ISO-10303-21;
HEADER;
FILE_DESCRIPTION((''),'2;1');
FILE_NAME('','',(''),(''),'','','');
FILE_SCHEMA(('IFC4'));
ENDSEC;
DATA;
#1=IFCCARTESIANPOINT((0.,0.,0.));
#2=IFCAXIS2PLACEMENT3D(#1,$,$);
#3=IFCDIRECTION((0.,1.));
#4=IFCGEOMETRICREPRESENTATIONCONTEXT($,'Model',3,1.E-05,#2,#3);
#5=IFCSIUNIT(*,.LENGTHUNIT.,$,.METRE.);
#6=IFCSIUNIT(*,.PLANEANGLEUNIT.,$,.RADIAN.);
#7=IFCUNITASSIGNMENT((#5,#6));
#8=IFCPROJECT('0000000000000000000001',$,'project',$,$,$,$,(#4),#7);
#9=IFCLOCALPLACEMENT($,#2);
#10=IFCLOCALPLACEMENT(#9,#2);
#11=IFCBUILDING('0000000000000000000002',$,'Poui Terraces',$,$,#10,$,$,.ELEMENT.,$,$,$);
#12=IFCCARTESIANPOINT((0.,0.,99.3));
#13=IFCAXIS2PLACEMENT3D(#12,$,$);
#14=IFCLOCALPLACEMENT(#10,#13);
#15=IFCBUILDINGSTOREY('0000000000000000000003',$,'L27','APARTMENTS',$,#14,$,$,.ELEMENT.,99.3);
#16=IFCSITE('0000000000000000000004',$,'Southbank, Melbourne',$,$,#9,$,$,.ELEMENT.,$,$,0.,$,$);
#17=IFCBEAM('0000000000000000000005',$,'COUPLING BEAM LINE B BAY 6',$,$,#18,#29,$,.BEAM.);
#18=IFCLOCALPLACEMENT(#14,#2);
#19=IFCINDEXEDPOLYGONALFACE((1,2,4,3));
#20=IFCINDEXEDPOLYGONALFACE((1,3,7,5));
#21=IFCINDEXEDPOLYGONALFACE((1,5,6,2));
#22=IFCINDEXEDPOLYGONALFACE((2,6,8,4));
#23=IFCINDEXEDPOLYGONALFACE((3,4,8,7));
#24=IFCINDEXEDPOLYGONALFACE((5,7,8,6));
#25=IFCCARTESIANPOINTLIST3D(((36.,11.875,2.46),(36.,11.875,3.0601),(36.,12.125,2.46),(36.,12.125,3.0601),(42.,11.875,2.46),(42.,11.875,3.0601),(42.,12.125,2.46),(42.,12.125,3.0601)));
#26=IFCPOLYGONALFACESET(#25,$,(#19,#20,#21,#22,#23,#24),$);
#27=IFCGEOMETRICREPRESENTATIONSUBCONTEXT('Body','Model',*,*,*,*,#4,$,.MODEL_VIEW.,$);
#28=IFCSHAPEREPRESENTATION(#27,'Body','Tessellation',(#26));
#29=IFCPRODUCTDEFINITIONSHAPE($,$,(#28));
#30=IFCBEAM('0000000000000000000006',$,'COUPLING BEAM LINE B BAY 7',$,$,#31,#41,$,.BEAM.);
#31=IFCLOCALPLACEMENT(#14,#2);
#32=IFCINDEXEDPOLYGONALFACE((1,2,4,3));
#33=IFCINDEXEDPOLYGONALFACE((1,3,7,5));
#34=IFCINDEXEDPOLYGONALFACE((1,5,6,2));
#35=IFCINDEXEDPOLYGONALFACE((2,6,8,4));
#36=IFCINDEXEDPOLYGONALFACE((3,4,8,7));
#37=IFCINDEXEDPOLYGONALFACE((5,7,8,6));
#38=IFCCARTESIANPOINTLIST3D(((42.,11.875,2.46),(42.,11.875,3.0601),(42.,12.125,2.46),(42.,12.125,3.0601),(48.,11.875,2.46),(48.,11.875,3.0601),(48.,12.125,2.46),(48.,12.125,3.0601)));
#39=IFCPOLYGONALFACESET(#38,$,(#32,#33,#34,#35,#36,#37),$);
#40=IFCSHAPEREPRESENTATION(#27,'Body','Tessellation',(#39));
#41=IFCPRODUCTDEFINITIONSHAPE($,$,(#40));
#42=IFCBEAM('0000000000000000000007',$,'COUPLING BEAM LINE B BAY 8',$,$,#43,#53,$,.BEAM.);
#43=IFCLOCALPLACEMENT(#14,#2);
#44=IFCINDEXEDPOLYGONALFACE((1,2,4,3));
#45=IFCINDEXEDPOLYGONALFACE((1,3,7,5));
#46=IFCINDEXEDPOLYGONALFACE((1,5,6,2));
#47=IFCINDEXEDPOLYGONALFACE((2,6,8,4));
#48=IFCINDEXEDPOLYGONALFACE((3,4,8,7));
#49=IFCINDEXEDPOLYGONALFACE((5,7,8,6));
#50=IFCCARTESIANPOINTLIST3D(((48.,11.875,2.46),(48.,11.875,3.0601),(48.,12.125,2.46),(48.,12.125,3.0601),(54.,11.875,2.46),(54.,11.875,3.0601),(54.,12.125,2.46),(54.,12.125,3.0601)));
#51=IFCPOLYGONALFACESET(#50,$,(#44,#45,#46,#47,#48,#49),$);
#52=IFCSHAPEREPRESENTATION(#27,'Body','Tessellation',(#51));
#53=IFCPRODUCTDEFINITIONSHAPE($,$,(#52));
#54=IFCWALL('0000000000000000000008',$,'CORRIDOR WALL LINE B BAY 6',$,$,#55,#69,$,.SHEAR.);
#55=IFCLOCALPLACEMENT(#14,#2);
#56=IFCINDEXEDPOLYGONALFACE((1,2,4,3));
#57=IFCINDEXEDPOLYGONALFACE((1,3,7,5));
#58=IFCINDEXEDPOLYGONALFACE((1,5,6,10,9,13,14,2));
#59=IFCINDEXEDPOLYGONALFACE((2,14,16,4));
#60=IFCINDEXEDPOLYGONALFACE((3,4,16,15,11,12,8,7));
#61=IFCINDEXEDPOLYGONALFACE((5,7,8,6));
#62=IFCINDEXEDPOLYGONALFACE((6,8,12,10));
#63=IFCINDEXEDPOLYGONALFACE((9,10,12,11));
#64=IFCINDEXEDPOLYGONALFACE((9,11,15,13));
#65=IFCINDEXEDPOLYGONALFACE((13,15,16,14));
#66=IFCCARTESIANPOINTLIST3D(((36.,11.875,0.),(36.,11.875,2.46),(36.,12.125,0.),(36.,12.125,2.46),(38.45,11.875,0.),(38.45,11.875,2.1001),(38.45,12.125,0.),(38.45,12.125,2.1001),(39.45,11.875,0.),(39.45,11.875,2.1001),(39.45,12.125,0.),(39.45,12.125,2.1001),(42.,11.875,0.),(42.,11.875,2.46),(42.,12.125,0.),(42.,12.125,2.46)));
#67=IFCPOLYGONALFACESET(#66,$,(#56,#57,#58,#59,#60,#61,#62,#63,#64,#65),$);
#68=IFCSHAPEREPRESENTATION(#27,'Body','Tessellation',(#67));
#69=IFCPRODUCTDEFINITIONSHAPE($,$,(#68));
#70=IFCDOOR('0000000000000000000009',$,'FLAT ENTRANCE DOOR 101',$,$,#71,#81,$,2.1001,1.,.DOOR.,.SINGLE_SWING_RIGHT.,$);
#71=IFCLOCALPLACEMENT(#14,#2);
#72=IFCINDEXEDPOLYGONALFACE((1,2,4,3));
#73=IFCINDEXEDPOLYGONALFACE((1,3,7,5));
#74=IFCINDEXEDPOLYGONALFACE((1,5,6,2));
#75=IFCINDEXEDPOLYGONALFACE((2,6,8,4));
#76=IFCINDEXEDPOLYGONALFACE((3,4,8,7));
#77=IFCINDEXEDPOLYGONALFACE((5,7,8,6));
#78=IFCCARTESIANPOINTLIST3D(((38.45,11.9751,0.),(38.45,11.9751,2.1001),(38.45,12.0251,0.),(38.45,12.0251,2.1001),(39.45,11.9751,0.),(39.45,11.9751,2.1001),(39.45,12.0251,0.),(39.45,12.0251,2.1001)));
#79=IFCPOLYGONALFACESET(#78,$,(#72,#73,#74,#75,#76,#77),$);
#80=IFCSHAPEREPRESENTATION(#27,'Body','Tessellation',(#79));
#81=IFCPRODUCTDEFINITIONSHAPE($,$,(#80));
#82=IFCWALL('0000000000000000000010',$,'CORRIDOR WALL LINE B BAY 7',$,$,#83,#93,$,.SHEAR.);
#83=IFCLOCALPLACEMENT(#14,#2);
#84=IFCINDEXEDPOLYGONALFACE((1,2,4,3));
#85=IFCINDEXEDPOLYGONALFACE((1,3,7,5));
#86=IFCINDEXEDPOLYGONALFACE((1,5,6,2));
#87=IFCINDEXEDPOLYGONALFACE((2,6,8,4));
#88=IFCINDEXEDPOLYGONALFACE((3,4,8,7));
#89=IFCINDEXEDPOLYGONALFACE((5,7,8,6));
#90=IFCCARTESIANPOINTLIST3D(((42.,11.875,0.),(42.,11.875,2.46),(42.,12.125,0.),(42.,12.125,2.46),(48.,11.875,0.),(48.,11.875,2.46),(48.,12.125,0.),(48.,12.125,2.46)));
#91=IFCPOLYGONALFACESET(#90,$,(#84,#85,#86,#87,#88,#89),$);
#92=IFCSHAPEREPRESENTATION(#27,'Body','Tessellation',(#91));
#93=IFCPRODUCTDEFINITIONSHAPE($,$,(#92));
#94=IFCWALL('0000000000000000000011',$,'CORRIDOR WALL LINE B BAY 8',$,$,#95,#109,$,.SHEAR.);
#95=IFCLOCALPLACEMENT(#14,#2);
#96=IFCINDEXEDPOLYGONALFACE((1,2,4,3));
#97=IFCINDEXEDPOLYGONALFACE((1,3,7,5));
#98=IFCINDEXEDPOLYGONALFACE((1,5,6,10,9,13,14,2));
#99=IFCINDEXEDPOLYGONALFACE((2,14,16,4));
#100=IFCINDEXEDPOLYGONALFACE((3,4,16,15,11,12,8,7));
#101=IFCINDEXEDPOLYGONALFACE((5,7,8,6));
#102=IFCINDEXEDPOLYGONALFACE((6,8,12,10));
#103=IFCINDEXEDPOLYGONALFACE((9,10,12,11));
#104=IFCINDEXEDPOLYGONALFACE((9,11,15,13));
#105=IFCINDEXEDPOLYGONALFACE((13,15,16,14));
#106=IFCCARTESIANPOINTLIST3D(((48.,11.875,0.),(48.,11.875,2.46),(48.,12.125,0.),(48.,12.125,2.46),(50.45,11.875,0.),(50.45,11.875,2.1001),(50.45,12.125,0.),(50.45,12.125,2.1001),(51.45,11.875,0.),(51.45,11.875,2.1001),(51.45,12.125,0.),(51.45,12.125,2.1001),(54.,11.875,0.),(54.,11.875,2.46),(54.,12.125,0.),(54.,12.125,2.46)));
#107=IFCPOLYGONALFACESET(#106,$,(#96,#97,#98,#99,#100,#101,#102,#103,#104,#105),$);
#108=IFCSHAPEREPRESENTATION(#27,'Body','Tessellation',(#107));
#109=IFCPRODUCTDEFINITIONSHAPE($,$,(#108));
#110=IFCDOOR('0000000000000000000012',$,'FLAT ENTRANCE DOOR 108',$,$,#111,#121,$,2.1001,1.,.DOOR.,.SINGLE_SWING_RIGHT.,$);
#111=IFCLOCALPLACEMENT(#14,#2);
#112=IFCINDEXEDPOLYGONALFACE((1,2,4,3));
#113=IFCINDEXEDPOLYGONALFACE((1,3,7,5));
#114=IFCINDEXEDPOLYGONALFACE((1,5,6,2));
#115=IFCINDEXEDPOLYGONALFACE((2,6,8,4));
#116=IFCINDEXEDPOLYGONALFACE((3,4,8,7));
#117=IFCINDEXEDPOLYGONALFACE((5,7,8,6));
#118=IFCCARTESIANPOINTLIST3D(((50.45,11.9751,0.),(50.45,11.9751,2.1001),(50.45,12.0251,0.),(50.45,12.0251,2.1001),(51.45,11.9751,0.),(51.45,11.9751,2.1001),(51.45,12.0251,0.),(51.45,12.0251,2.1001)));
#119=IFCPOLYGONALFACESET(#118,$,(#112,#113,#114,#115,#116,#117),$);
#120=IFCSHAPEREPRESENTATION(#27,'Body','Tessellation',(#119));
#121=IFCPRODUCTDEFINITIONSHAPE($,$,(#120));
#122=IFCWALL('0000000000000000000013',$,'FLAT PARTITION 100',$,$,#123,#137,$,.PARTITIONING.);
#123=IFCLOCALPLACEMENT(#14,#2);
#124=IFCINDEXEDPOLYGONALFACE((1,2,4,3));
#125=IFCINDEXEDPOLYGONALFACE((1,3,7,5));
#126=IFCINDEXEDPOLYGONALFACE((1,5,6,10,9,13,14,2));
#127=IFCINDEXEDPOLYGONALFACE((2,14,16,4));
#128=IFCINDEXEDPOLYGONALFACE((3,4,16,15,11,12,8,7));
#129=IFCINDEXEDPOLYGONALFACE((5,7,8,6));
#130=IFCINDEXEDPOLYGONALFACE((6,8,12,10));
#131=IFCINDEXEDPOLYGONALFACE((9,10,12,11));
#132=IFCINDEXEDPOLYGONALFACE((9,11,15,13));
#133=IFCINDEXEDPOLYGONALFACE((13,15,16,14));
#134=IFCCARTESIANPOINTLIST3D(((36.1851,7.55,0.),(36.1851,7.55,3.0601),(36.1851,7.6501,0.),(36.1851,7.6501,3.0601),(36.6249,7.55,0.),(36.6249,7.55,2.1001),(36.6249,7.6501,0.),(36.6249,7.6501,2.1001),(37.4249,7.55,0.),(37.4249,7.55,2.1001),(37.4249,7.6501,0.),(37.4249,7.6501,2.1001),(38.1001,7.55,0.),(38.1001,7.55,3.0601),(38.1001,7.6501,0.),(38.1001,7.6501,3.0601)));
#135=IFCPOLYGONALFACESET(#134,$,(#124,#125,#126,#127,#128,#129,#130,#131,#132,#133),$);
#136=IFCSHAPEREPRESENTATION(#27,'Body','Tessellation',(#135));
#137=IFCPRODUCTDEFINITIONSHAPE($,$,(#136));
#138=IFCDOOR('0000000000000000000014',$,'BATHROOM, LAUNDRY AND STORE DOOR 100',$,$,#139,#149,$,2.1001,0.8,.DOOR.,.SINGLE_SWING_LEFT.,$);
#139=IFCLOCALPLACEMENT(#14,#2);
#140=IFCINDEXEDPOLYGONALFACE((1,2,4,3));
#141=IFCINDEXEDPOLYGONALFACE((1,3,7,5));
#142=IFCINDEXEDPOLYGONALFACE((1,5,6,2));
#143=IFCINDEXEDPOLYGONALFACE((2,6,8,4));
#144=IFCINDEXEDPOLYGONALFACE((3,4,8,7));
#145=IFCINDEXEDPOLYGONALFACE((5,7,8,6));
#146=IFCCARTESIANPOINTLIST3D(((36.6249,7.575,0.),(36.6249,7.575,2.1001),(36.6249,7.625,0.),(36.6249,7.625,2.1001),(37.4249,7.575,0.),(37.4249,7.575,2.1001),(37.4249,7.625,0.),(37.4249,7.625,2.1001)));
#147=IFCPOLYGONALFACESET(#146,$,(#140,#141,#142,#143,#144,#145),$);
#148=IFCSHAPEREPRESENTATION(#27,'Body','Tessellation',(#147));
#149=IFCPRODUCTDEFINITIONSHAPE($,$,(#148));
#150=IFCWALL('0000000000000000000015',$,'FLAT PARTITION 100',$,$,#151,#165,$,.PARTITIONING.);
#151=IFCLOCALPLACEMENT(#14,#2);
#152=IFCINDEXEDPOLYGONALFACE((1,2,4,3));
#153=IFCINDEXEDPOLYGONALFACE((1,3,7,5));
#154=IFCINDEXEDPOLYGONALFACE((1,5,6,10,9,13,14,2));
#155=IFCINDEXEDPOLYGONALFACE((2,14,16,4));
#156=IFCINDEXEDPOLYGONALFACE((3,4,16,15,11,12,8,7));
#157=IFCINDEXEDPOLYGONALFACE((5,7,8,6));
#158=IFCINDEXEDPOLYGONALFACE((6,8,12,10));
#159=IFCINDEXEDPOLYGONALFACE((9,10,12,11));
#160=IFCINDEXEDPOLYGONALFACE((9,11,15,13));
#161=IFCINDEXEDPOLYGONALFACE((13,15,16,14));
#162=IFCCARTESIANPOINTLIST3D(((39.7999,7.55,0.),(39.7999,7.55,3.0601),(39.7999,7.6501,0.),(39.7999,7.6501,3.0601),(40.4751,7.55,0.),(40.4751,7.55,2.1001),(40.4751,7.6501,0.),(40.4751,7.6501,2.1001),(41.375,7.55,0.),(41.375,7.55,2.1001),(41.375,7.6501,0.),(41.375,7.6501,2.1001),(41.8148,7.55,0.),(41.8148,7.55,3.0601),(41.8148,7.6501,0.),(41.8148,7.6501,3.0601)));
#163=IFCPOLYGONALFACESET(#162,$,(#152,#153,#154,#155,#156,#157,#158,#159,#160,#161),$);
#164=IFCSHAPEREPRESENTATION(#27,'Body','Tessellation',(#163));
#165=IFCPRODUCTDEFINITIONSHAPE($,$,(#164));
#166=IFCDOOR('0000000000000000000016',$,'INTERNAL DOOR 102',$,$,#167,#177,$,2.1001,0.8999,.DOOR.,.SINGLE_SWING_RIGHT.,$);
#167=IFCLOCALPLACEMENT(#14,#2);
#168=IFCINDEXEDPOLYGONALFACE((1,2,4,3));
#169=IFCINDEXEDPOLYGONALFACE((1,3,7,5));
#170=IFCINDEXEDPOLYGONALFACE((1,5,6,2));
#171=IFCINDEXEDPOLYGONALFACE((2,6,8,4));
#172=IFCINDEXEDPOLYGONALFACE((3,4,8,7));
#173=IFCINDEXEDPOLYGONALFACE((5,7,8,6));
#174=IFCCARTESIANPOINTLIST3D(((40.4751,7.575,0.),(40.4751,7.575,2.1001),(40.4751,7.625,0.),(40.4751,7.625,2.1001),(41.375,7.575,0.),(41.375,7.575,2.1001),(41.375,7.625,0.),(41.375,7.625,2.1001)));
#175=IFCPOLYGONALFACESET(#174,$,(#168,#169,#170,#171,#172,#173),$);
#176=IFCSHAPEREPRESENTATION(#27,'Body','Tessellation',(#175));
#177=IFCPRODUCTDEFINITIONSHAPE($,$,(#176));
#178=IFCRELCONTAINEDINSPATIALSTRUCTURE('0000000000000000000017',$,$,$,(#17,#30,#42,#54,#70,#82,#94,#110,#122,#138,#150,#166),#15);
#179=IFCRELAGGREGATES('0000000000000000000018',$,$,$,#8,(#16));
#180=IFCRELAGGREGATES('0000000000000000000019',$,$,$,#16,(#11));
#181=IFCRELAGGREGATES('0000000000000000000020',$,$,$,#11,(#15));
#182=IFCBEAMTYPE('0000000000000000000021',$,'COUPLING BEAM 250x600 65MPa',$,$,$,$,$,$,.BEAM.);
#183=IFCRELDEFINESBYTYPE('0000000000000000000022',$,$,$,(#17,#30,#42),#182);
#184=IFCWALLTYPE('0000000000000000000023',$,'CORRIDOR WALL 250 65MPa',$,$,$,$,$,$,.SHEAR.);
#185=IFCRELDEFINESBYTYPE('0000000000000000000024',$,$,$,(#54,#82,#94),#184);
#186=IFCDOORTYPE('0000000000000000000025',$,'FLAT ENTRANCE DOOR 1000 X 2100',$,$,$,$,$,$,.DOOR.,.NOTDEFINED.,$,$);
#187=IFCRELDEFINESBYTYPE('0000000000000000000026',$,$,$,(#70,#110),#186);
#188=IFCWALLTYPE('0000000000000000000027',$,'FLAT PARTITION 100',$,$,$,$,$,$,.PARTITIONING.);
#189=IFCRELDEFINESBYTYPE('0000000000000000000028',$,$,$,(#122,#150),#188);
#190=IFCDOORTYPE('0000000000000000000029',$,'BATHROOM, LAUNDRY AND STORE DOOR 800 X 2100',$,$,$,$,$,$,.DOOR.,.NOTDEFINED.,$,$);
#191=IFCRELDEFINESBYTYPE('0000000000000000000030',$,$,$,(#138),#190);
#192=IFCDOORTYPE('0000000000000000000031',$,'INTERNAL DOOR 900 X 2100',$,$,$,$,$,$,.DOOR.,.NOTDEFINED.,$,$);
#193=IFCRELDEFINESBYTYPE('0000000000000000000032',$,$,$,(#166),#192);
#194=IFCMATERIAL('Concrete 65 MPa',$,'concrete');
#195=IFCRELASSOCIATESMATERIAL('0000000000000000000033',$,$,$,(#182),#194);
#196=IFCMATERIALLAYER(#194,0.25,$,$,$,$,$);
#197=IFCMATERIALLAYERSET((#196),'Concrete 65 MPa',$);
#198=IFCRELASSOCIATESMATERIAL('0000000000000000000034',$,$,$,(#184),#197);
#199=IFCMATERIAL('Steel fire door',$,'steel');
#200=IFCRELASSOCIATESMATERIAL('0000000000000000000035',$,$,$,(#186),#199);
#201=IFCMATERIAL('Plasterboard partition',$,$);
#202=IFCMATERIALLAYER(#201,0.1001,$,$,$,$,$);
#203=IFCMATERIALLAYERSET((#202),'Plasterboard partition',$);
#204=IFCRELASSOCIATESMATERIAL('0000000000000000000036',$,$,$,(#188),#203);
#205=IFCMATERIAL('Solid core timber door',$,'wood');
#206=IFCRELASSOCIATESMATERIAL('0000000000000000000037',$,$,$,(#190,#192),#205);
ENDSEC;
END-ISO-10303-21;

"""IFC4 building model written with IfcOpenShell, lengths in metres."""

from ifc_helpers import new_model, si_unit, direction, frame, frame_2d, origin, origin_2d, place, context, subcontext, project, spatial, rectangle, extrude, source, transform, mapped, material, layer, layer_set, material_profile, profile_set, type_object, element, fill, save


model = new_model("IFC4")

# Units and contexts
model_context = context("Model", 3, precision=1e-05, world=origin(), true_north=direction((0.0, 1.0)))
body_context = subcontext(model_context, "Body", "Model", "MODEL_VIEW")
ifc_project = project(units=[si_unit("LENGTHUNIT", "METRE"), si_unit("PLANEANGLEUNIT", "RADIAN")], contexts=[model_context])

# Site, building, storey
site_placement = place(None, origin())
site = spatial("IfcSite", under=ifc_project, at=site_placement, Name="Southbank, Melbourne", CompositionType="ELEMENT", RefElevation=0.0)
building_placement = place(site_placement, origin())
building = spatial("IfcBuilding", under=site, at=building_placement, Name="Poui Terraces", CompositionType="ELEMENT")
storey_placement = place(building_placement, frame((0.0, 0.0, 99.3)))
storey = spatial("IfcBuildingStorey", under=building, at=storey_placement, Name="L27", Description="APARTMENTS", CompositionType="ELEMENT", Elevation=99.3)

# Beams
ifc_material_1 = material(Name="Concrete 65 MPa", Category="concrete")
ifc_material_profile = material_profile(ifc_material_1, rectangle(XDim=0.25, YDim=0.6001, at=origin_2d()), Name="RC 250x600")
ifc_profile_set = profile_set([ifc_material_profile], Name="Concrete 65 MPa")
beam_type = type_object("IfcBeamType", Name="COUPLING BEAM 250x600 65MPa", PredefinedType="BEAM", material=ifc_profile_set)
shared_shape = source(origin(), body_context, "Body", "SweptSolid", [
    extrude(rectangle(XDim=0.25, YDim=0.6001, at=origin_2d()), origin(), (0.0, 0.0, 1.0), 6.0),
])
for number, where, z_axis, x_axis, name in (
    (1, (36.0, 12.0, 2.76), (1.0, 0.0, 0.0), (0.0, 1.0, 0.0), "COUPLING BEAM LINE B BAY 6"),
    (2, (42.0, 12.0, 2.76), (1.0, 0.0, 0.0), (0.0, 1.0, 0.0), "COUPLING BEAM LINE B BAY 7"),
    (3, (48.0, 12.0, 2.76), (1.0, 0.0, 0.0), (0.0, 1.0, 0.0), "COUPLING BEAM LINE B BAY 8"),
):
    element("IfcBeam", number, at=place(storey_placement, frame(where, z_axis=z_axis, x_axis=x_axis)), inside=storey, type_object=beam_type, Name=name, PredefinedType="BEAM", context=body_context, shape_type="MappedRepresentation", body=[
        mapped(shared_shape, transform((0.0, 0.0, 0.0))),
    ])

# Wall, opening, door
ifc_layer_1 = layer(ifc_material_1, 0.25)
ifc_layer_set_1 = layer_set([ifc_layer_1], Name="Concrete 65 MPa")
wall_type_1 = type_object("IfcWallType", Name="CORRIDOR WALL 250 65MPa", PredefinedType="SHEAR", material=ifc_layer_set_1)
wall_1_placement = place(storey_placement, frame((36.0, 12.0, 0.0), z_axis=(0.0, 0.0, 1.0), x_axis=(1.0, 0.0, 0.0)))
wall_1 = element("IfcWall", 4, at=wall_1_placement, inside=storey, type_object=wall_type_1, Name="CORRIDOR WALL LINE B BAY 6", PredefinedType="SHEAR", context=body_context, shape_type="SweptSolid", body=[
    extrude(rectangle(XDim=6.0, YDim=0.25, at=frame_2d((3.0, 0.0))), origin(), (0.0, 0.0, 1.0), 2.46),
])
opening_1_placement = place(wall_1_placement, frame((2.45, 0.0, 0.0)))
opening_1 = element("IfcOpeningElement", 5, at=opening_1_placement, cuts=wall_1, PredefinedType="OPENING", context=body_context, shape_type="SweptSolid", body=[
    extrude(rectangle(XDim=1.0, YDim=2.1001, at=frame_2d((0.5, 1.05))), frame((0.0, 0.135, 0.0), z_axis=(0.0, -1.0, 0.0), x_axis=(1.0, 0.0, 0.0)), (0.0, 0.0, 1.0), 0.27),
])
ifc_material_2 = material(Name="Steel fire door", Category="steel")
door_type_1 = type_object("IfcDoorType", Name="FLAT ENTRANCE DOOR 1000 X 2100", OperationType="NOTDEFINED", PredefinedType="DOOR", material=ifc_material_2)
door_1_placement = place(opening_1_placement, frame((1.0, 0.0, 0.0), z_axis=(0.0, 0.0, 1.0), x_axis=(-1.0, 0.0, 0.0)))
door_1 = element("IfcDoor", 6, at=door_1_placement, inside=storey, type_object=door_type_1, Name="FLAT ENTRANCE DOOR 101", OperationType="SINGLE_SWING_RIGHT", OverallHeight=2.1001, OverallWidth=1.0, PredefinedType="DOOR", context=body_context, shape_type="SweptSolid", body=[
    extrude(rectangle(XDim=1.0, YDim=2.1001, at=frame_2d((0.5, 1.05))), frame((0.0, 0.0249, 0.0), z_axis=(0.0, -1.0, 0.0), x_axis=(1.0, 0.0, 0.0)), (0.0, 0.0, 1.0), 0.05),
])
fill(opening_1, door_1)

# Wall
wall_2_placement = place(storey_placement, frame((42.0, 12.0, 0.0), z_axis=(0.0, 0.0, 1.0), x_axis=(1.0, 0.0, 0.0)))
element("IfcWall", 7, at=wall_2_placement, inside=storey, type_object=wall_type_1, Name="CORRIDOR WALL LINE B BAY 7", PredefinedType="SHEAR", context=body_context, shape_type="SweptSolid", body=[
    extrude(rectangle(XDim=6.0, YDim=0.25, at=frame_2d((3.0, 0.0))), origin(), (0.0, 0.0, 1.0), 2.46),
])

# Walls, openings, doors
wall_3_placement = place(storey_placement, frame((48.0, 12.0, 0.0), z_axis=(0.0, 0.0, 1.0), x_axis=(1.0, 0.0, 0.0)))
wall_3 = element("IfcWall", 8, at=wall_3_placement, inside=storey, type_object=wall_type_1, Name="CORRIDOR WALL LINE B BAY 8", PredefinedType="SHEAR", context=body_context, shape_type="SweptSolid", body=[
    extrude(rectangle(XDim=6.0, YDim=0.25, at=frame_2d((3.0, 0.0))), origin(), (0.0, 0.0, 1.0), 2.46),
])
opening_2_placement = place(wall_3_placement, frame((2.45, 0.0, 0.0)))
opening_2 = element("IfcOpeningElement", 9, at=opening_2_placement, cuts=wall_3, PredefinedType="OPENING", context=body_context, shape_type="SweptSolid", body=[
    extrude(rectangle(XDim=1.0, YDim=2.1001, at=frame_2d((0.5, 1.05))), frame((0.0, 0.135, 0.0), z_axis=(0.0, -1.0, 0.0), x_axis=(1.0, 0.0, 0.0)), (0.0, 0.0, 1.0), 0.27),
])
door_2_placement = place(opening_2_placement, frame((1.0, 0.0, 0.0), z_axis=(0.0, 0.0, 1.0), x_axis=(-1.0, 0.0, 0.0)))
door_2 = element("IfcDoor", 10, at=door_2_placement, inside=storey, type_object=door_type_1, Name="FLAT ENTRANCE DOOR 108", OperationType="SINGLE_SWING_RIGHT", OverallHeight=2.1001, OverallWidth=1.0, PredefinedType="DOOR", context=body_context, shape_type="SweptSolid", body=[
    extrude(rectangle(XDim=1.0, YDim=2.1001, at=frame_2d((0.5, 1.05))), frame((0.0, 0.0249, 0.0), z_axis=(0.0, -1.0, 0.0), x_axis=(1.0, 0.0, 0.0)), (0.0, 0.0, 1.0), 0.05),
])
fill(opening_2, door_2)
ifc_material_3 = material(Name="Plasterboard partition")
ifc_layer_2 = layer(ifc_material_3, 0.1001)
ifc_layer_set_2 = layer_set([ifc_layer_2], Name="Plasterboard partition")
wall_type_2 = type_object("IfcWallType", Name="FLAT PARTITION 100", PredefinedType="PARTITIONING", material=ifc_layer_set_2)
wall_4_placement = place(storey_placement, frame((36.1851, 7.6001, 0.0), z_axis=(0.0, 0.0, 1.0), x_axis=(1.0, 0.0, 0.0)))
wall_4 = element("IfcWall", 11, at=wall_4_placement, inside=storey, type_object=wall_type_2, Name="FLAT PARTITION 100", PredefinedType="PARTITIONING", context=body_context, shape_type="SweptSolid", body=[
    extrude(rectangle(XDim=1.915, YDim=0.1001, at=frame_2d((0.9575, 0.0))), origin(), (0.0, 0.0, 1.0), 3.0601),
])
opening_3_placement = place(wall_4_placement, frame((0.4399, 0.0, 0.0)))
opening_3 = element("IfcOpeningElement", 12, at=opening_3_placement, cuts=wall_4, PredefinedType="OPENING", context=body_context, shape_type="SweptSolid", body=[
    extrude(rectangle(XDim=0.8, YDim=2.1001, at=frame_2d((0.3999, 1.05))), frame((0.0, 0.0601, 0.0), z_axis=(0.0, -1.0, 0.0), x_axis=(1.0, 0.0, 0.0)), (0.0, 0.0, 1.0), 0.1201),
])
ifc_material_4 = material(Name="Solid core timber door", Category="wood")
door_type_2 = type_object("IfcDoorType", Name="BATHROOM, LAUNDRY AND STORE DOOR 800 X 2100", OperationType="NOTDEFINED", PredefinedType="DOOR", material=ifc_material_4)
door_3_placement = place(opening_3_placement, origin())
door_3 = element("IfcDoor", 13, at=door_3_placement, inside=storey, type_object=door_type_2, Name="BATHROOM, LAUNDRY AND STORE DOOR 100", OperationType="SINGLE_SWING_LEFT", OverallHeight=2.1001, OverallWidth=0.8, PredefinedType="DOOR", context=body_context, shape_type="SweptSolid", body=[
    extrude(rectangle(XDim=0.8, YDim=2.1001, at=frame_2d((0.3999, 1.05))), frame((0.0, 0.0249, 0.0), z_axis=(0.0, -1.0, 0.0), x_axis=(1.0, 0.0, 0.0)), (0.0, 0.0, 1.0), 0.05),
])
fill(opening_3, door_3)
wall_5_placement = place(storey_placement, frame((39.8, 7.6001, 0.0), z_axis=(0.0, 0.0, 1.0), x_axis=(1.0, 0.0, 0.0)))
wall_5 = element("IfcWall", 14, at=wall_5_placement, inside=storey, type_object=wall_type_2, Name="FLAT PARTITION 100", PredefinedType="PARTITIONING", context=body_context, shape_type="SweptSolid", body=[
    extrude(rectangle(XDim=2.0149, YDim=0.1001, at=frame_2d((1.0073, 0.0))), origin(), (0.0, 0.0, 1.0), 3.0601),
])
opening_4_placement = place(wall_5_placement, frame((0.675, 0.0, 0.0)))
opening_4 = element("IfcOpeningElement", 15, at=opening_4_placement, cuts=wall_5, PredefinedType="OPENING", context=body_context, shape_type="SweptSolid", body=[
    extrude(rectangle(XDim=0.8999, YDim=2.1001, at=frame_2d((0.45, 1.05))), frame((0.0, 0.0601, 0.0), z_axis=(0.0, -1.0, 0.0), x_axis=(1.0, 0.0, 0.0)), (0.0, 0.0, 1.0), 0.1201),
])
door_type_3 = type_object("IfcDoorType", Name="INTERNAL DOOR 900 X 2100", OperationType="NOTDEFINED", PredefinedType="DOOR", material=ifc_material_4)
door_4_placement = place(opening_4_placement, origin())
door_4 = element("IfcDoor", 16, at=door_4_placement, inside=storey, type_object=door_type_3, Name="INTERNAL DOOR 102", OperationType="SINGLE_SWING_RIGHT", OverallHeight=2.1001, OverallWidth=0.8999, PredefinedType="DOOR", context=body_context, shape_type="SweptSolid", body=[
    extrude(rectangle(XDim=0.8999, YDim=2.1001, at=frame_2d((0.45, 1.05))), frame((0.0, 0.0249, 0.0), z_axis=(0.0, -1.0, 0.0), x_axis=(1.0, 0.0, 0.0)), (0.0, 0.0, 1.0), 0.05),
])
fill(opening_4, door_4)

save(model, "model.ifc")
